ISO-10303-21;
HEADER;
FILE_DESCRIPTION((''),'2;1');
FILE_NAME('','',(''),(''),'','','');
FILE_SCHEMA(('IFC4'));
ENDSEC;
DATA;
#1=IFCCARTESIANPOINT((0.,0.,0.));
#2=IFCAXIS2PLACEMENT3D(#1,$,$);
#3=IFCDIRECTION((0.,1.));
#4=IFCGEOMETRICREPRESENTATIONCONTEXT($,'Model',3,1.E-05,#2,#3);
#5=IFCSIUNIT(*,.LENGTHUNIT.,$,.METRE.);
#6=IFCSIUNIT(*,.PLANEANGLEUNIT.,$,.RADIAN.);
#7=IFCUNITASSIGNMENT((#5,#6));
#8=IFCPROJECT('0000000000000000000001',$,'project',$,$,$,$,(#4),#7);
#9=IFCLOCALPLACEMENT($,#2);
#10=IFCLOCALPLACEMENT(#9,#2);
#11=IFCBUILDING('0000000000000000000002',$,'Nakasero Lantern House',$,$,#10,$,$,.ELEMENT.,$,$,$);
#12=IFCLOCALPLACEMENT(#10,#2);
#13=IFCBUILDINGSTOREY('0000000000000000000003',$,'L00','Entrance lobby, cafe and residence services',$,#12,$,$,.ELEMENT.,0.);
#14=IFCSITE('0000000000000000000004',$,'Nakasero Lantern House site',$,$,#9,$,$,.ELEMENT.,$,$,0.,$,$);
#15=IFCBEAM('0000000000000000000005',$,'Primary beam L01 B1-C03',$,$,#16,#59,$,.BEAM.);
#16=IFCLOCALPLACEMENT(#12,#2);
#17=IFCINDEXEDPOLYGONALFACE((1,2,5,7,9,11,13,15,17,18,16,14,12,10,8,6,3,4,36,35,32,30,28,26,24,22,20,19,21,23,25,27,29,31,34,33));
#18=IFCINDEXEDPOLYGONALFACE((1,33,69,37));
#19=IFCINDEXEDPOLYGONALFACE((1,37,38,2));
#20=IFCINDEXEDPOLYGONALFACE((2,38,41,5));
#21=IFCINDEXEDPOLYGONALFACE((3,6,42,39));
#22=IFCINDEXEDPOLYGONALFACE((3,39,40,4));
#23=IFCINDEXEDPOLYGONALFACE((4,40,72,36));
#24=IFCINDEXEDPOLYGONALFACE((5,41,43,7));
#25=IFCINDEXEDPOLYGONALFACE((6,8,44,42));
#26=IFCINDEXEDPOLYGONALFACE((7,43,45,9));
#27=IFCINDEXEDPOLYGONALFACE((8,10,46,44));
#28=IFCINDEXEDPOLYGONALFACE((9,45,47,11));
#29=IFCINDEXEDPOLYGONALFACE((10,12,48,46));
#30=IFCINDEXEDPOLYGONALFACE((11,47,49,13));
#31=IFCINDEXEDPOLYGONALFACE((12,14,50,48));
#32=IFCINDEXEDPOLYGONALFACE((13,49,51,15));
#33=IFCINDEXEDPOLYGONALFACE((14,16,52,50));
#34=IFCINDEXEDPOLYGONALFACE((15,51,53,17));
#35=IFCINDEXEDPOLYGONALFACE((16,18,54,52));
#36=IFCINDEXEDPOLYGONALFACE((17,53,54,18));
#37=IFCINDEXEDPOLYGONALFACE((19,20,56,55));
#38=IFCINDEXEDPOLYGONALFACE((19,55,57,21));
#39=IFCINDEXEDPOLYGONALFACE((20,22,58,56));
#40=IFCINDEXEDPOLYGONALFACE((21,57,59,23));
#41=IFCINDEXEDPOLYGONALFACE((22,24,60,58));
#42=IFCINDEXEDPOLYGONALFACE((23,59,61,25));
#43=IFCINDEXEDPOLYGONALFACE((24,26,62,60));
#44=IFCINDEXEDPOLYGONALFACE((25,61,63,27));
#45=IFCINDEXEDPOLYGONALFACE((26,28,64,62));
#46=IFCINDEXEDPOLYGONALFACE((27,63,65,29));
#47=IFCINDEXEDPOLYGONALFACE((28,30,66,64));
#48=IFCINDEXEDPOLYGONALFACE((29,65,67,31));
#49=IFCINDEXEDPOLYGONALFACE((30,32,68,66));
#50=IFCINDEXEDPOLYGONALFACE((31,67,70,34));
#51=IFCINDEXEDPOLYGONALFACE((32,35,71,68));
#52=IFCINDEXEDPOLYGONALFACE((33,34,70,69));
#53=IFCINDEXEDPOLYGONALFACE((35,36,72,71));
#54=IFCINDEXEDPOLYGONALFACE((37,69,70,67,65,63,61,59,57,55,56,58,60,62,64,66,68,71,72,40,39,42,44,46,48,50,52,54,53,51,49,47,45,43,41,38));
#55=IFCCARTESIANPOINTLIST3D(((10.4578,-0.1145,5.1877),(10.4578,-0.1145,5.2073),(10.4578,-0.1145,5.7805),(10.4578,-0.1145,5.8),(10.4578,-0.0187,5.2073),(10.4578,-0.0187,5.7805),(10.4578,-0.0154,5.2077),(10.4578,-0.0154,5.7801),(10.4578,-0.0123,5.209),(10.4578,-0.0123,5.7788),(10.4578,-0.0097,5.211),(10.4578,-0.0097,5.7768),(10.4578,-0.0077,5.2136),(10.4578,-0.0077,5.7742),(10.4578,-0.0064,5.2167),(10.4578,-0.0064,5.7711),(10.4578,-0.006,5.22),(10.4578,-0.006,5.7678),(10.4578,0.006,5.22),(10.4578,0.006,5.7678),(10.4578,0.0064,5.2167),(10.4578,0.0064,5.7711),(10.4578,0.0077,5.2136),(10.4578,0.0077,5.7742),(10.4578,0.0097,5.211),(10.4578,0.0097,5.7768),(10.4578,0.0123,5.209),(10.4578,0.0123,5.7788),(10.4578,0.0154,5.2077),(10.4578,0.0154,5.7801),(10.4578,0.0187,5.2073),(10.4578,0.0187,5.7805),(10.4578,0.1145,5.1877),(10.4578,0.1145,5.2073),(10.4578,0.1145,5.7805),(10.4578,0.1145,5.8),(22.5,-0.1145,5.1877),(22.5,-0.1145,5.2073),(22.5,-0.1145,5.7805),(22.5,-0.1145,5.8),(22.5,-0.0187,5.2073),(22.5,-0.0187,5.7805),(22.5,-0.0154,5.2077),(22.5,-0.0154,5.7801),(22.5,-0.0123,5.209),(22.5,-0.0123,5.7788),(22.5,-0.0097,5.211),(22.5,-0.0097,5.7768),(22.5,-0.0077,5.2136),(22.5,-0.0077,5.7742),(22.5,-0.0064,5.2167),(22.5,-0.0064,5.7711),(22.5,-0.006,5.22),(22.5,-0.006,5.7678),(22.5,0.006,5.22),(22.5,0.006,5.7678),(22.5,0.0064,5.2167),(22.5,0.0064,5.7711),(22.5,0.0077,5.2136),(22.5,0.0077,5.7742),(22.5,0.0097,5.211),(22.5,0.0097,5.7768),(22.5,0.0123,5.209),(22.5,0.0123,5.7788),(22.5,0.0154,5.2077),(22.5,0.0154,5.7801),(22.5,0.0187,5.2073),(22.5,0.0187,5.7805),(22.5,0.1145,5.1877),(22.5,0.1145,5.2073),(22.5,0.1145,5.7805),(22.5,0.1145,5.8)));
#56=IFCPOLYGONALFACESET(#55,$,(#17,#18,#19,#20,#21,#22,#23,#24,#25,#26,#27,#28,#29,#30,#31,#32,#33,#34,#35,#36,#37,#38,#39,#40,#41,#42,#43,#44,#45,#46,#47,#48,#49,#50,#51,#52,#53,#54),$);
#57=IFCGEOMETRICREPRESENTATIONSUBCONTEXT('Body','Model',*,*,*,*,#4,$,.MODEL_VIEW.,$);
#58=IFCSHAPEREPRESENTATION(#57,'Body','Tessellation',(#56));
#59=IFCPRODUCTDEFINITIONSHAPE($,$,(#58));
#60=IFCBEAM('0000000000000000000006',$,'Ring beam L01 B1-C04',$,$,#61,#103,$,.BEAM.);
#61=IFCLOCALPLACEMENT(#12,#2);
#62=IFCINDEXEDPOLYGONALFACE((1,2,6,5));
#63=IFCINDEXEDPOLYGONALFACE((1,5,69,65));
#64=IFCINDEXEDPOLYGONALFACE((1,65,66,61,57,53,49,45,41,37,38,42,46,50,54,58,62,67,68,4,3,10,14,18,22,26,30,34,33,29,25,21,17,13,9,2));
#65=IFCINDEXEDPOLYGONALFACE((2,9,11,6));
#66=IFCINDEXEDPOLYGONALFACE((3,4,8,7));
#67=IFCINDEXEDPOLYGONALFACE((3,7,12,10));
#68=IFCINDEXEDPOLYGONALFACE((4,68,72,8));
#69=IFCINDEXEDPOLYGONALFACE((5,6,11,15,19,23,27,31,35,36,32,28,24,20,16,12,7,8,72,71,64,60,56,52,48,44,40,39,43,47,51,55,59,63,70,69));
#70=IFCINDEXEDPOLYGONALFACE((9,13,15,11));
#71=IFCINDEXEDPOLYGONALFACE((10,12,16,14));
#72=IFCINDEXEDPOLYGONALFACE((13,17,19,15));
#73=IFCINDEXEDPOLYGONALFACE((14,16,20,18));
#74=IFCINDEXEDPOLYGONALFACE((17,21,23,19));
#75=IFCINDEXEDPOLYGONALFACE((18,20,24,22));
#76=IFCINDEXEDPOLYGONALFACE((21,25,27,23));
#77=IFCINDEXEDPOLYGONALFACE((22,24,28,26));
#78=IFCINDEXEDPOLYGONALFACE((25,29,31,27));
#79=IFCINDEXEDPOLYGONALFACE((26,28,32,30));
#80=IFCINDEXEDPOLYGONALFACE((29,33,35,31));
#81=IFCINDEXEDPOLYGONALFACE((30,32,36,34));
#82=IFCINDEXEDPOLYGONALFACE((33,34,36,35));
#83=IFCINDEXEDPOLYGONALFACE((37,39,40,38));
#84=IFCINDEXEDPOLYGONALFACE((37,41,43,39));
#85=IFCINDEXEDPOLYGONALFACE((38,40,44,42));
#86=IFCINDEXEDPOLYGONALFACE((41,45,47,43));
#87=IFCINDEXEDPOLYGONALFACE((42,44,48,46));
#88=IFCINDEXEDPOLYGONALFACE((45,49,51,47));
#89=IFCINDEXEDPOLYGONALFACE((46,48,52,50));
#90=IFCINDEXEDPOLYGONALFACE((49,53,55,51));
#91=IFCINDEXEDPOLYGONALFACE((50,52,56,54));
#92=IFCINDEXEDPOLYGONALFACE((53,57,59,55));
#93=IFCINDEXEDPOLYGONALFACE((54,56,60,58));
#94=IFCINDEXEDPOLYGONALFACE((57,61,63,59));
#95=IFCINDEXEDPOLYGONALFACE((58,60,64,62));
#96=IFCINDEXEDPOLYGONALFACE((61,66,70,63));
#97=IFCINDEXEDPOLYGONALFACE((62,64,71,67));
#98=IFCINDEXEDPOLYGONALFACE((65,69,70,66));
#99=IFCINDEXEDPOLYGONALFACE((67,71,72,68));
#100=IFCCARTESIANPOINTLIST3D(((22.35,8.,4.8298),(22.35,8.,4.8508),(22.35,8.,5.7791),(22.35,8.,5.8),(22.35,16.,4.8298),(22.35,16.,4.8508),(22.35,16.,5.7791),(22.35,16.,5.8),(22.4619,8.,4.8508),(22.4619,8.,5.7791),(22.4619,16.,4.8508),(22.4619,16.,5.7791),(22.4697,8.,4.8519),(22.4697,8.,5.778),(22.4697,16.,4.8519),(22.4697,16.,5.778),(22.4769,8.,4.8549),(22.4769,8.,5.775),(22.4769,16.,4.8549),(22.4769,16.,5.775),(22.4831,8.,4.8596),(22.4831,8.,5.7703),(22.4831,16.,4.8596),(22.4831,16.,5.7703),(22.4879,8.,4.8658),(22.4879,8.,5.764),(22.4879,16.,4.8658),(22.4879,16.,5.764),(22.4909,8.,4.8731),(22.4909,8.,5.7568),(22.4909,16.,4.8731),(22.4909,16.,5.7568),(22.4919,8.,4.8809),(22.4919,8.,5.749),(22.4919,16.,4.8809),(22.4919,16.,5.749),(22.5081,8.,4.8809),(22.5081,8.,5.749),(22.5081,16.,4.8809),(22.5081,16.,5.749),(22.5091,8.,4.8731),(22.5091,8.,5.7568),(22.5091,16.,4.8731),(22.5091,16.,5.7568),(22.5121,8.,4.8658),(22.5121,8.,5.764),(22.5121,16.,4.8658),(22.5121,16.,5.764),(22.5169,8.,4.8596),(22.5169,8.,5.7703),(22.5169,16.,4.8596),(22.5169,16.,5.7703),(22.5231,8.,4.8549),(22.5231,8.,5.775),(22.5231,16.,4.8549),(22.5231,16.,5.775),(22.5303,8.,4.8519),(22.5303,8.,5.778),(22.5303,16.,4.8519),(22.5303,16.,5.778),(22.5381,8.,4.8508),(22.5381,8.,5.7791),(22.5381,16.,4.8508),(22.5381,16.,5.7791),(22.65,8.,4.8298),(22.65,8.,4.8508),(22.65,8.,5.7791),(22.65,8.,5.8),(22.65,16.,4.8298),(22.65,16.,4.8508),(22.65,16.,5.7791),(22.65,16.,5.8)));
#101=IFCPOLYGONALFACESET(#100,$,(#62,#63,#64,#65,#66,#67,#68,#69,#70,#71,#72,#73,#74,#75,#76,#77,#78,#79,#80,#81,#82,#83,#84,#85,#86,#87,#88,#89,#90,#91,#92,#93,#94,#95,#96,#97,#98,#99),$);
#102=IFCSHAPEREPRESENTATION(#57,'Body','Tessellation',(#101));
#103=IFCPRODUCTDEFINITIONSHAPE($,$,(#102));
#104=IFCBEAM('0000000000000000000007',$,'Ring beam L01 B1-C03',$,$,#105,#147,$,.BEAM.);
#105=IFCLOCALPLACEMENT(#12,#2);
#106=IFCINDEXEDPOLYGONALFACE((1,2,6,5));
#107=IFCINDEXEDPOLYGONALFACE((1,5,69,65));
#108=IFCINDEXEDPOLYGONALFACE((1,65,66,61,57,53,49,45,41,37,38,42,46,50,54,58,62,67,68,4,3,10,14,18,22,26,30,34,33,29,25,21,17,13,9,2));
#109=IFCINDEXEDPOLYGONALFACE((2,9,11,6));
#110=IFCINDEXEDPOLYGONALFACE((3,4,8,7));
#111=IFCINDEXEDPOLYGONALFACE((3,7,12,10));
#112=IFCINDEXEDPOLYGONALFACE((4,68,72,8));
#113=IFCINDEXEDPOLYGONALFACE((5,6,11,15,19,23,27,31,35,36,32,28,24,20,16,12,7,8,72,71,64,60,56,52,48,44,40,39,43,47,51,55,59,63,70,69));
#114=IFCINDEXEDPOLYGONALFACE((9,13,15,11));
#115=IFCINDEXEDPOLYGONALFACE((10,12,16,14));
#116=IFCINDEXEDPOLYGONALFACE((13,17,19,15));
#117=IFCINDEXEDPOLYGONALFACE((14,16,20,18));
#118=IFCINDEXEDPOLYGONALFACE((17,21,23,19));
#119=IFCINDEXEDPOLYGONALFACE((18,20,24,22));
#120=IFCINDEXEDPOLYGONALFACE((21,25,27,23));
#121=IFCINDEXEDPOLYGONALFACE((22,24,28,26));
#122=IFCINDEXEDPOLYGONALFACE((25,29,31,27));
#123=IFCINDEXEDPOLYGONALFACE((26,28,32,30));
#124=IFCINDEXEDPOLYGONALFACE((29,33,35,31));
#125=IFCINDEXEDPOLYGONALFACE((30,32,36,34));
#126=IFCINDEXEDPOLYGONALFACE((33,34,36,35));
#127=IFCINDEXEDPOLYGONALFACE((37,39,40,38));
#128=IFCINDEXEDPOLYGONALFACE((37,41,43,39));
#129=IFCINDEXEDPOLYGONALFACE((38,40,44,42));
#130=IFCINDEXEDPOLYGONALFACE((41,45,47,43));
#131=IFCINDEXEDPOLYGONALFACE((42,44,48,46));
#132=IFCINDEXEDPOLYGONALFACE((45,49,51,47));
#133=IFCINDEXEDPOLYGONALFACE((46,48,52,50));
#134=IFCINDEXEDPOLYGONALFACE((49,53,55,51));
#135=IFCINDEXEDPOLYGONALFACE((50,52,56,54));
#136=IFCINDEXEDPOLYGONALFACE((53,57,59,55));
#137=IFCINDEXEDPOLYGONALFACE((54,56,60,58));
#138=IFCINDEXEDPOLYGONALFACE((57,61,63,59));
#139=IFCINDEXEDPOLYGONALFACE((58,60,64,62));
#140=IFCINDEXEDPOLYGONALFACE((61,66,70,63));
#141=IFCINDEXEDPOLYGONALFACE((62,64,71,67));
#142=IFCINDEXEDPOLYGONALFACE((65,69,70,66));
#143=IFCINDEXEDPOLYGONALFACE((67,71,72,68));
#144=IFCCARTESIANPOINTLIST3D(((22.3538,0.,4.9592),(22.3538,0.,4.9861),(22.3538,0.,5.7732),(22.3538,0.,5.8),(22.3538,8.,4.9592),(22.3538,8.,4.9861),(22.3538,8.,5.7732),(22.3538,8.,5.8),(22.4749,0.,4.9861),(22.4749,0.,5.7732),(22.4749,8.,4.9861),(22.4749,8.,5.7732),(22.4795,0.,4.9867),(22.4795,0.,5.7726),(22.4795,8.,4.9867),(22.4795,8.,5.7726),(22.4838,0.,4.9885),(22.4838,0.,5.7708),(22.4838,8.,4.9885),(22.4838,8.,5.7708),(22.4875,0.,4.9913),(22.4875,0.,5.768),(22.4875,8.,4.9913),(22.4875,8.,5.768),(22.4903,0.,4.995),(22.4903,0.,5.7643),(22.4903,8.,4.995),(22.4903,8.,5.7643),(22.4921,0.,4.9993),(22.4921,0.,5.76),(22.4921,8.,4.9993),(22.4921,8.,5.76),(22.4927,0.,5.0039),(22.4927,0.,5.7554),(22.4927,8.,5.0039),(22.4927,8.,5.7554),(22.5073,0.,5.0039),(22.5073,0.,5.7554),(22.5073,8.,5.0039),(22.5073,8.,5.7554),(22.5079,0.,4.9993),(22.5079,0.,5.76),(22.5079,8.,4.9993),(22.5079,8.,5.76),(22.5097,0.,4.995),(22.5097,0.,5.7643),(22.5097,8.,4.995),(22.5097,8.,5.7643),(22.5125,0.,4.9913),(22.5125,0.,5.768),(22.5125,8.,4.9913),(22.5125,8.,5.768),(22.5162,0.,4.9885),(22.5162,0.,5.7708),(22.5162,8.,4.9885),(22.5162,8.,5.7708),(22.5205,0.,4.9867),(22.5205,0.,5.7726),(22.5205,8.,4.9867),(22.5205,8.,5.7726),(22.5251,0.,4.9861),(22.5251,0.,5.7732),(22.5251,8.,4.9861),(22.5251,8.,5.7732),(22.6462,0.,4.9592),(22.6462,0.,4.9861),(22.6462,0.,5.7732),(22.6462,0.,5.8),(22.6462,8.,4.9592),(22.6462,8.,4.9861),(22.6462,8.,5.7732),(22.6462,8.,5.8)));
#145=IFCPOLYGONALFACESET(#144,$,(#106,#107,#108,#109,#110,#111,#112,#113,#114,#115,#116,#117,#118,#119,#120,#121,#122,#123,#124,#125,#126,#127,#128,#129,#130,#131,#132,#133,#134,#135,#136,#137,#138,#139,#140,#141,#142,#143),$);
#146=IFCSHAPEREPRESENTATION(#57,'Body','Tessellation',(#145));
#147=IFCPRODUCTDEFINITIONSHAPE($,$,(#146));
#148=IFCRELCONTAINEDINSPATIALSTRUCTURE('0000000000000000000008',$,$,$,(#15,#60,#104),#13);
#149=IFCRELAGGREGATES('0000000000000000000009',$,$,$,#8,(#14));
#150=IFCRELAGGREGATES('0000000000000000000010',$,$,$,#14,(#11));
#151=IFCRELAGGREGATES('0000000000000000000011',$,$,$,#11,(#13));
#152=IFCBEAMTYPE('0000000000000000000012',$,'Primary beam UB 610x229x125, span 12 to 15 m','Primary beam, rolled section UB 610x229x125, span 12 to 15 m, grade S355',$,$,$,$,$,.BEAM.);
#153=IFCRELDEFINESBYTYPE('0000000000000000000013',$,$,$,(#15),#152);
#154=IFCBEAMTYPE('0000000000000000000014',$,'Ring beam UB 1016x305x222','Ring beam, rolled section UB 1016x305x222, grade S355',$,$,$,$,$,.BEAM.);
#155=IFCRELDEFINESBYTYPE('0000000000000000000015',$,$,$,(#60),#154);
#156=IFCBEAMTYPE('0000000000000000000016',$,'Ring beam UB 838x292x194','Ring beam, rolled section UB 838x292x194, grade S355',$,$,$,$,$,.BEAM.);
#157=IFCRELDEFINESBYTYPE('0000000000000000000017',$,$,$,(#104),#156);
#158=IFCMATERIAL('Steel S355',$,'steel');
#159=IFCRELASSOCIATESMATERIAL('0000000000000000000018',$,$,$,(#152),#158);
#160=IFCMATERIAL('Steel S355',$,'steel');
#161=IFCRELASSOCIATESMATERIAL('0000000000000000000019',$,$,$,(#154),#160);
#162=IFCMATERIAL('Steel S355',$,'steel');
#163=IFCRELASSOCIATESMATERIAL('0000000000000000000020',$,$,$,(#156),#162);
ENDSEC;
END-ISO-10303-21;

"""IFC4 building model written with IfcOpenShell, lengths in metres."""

from ifc_helpers import new_model, si_unit, direction, frame, origin, origin_2d, place, context, subcontext, project, spatial, i_section, extrude, material, material_profile, profile_set, type_object, element, save


model = new_model("IFC4")

# Units and contexts
model_context = context("Model", 3, precision=1e-05, world=origin(), true_north=direction((0.0, 1.0)))
body_context = subcontext(model_context, "Body", "Model", "MODEL_VIEW")
ifc_project = project(units=[si_unit("LENGTHUNIT", "METRE"), si_unit("PLANEANGLEUNIT", "RADIAN")], contexts=[model_context])

# Site, building, storey
site_placement = place(None, origin())
site = spatial("IfcSite", under=ifc_project, at=site_placement, Name="Nakasero Lantern House site", CompositionType="ELEMENT", RefElevation=0.0)
building_placement = place(site_placement, origin())
building = spatial("IfcBuilding", under=site, at=building_placement, Name="Nakasero Lantern House", CompositionType="ELEMENT")
storey_placement = place(building_placement, origin())
storey = spatial("IfcBuildingStorey", under=building, at=storey_placement, Name="L00", Description="Entrance lobby, cafe and residence services", CompositionType="ELEMENT", Elevation=0.0)

# Beams
ifc_material_1 = material(Name="Steel S355", Category="steel")
ifc_material_profile_1 = material_profile(ifc_material_1, i_section(OverallWidth=0.229, OverallDepth=0.6123, WebThickness=0.012, FlangeThickness=0.0195, FilletRadius=0.0127, at=origin_2d()), Name="UB 610x229x125")
ifc_profile_set_1 = profile_set([ifc_material_profile_1], Name="Steel S355")
beam_type_1 = type_object("IfcBeamType", Name="Primary beam UB 610x229x125, span 12 to 15 m", Description="Primary beam, rolled section UB 610x229x125, span 12 to 15 m, grade S355", PredefinedType="BEAM", material=ifc_profile_set_1)
beam_1_placement = place(storey_placement, frame((22.5, 0.0, 5.4939), z_axis=(-1.0, 0.0, 0.0), x_axis=(0.0, -1.0, 0.0)))
element("IfcBeam", 1, at=beam_1_placement, inside=storey, type_object=beam_type_1, Name="Primary beam L01 B1-C03", PredefinedType="BEAM", context=body_context, shape_type="SweptSolid", body=[
    extrude(i_section(OverallWidth=0.229, OverallDepth=0.6123, WebThickness=0.012, FlangeThickness=0.0195, FilletRadius=0.0127, at=origin_2d()), origin(), (0.0, 0.0, 1.0), 12.0422),
])
ifc_material_2 = material(Name="Steel S355", Category="steel")
ifc_material_profile_2 = material_profile(ifc_material_2, i_section(OverallWidth=0.3, OverallDepth=0.9702, WebThickness=0.0161, FlangeThickness=0.021, FilletRadius=0.03, at=origin_2d()), Name="UB 1016x305x222")
ifc_profile_set_2 = profile_set([ifc_material_profile_2], Name="Steel S355")
beam_type_2 = type_object("IfcBeamType", Name="Ring beam UB 1016x305x222", Description="Ring beam, rolled section UB 1016x305x222, grade S355", PredefinedType="BEAM", material=ifc_profile_set_2)
beam_2_placement = place(storey_placement, frame((22.5, 8.0, 5.3149), z_axis=(0.0, 1.0, 0.0), x_axis=(-1.0, 0.0, 0.0)))
element("IfcBeam", 2, at=beam_2_placement, inside=storey, type_object=beam_type_2, Name="Ring beam L01 B1-C04", PredefinedType="BEAM", context=body_context, shape_type="SweptSolid", body=[
    extrude(i_section(OverallWidth=0.3, OverallDepth=0.9702, WebThickness=0.0161, FlangeThickness=0.021, FilletRadius=0.03, at=origin_2d()), origin(), (0.0, 0.0, 1.0), 8.0),
])
ifc_material_3 = material(Name="Steel S355", Category="steel")
ifc_material_profile_3 = material_profile(ifc_material_3, i_section(OverallWidth=0.2925, OverallDepth=0.8408, WebThickness=0.0146, FlangeThickness=0.0269, FilletRadius=0.0178, at=origin_2d()), Name="UB 838x292x194")
ifc_profile_set_3 = profile_set([ifc_material_profile_3], Name="Steel S355")
beam_type_3 = type_object("IfcBeamType", Name="Ring beam UB 838x292x194", Description="Ring beam, rolled section UB 838x292x194, grade S355", PredefinedType="BEAM", material=ifc_profile_set_3)
beam_3_placement = place(storey_placement, frame((22.5, 0.0, 5.3796), z_axis=(0.0, 1.0, 0.0), x_axis=(-1.0, 0.0, 0.0)))
element("IfcBeam", 3, at=beam_3_placement, inside=storey, type_object=beam_type_3, Name="Ring beam L01 B1-C03", PredefinedType="BEAM", context=body_context, shape_type="SweptSolid", body=[
    extrude(i_section(OverallWidth=0.2925, OverallDepth=0.8408, WebThickness=0.0146, FlangeThickness=0.0269, FilletRadius=0.0178, at=origin_2d()), origin(), (0.0, 0.0, 1.0), 8.0),
])

save(model, "model.ifc")
